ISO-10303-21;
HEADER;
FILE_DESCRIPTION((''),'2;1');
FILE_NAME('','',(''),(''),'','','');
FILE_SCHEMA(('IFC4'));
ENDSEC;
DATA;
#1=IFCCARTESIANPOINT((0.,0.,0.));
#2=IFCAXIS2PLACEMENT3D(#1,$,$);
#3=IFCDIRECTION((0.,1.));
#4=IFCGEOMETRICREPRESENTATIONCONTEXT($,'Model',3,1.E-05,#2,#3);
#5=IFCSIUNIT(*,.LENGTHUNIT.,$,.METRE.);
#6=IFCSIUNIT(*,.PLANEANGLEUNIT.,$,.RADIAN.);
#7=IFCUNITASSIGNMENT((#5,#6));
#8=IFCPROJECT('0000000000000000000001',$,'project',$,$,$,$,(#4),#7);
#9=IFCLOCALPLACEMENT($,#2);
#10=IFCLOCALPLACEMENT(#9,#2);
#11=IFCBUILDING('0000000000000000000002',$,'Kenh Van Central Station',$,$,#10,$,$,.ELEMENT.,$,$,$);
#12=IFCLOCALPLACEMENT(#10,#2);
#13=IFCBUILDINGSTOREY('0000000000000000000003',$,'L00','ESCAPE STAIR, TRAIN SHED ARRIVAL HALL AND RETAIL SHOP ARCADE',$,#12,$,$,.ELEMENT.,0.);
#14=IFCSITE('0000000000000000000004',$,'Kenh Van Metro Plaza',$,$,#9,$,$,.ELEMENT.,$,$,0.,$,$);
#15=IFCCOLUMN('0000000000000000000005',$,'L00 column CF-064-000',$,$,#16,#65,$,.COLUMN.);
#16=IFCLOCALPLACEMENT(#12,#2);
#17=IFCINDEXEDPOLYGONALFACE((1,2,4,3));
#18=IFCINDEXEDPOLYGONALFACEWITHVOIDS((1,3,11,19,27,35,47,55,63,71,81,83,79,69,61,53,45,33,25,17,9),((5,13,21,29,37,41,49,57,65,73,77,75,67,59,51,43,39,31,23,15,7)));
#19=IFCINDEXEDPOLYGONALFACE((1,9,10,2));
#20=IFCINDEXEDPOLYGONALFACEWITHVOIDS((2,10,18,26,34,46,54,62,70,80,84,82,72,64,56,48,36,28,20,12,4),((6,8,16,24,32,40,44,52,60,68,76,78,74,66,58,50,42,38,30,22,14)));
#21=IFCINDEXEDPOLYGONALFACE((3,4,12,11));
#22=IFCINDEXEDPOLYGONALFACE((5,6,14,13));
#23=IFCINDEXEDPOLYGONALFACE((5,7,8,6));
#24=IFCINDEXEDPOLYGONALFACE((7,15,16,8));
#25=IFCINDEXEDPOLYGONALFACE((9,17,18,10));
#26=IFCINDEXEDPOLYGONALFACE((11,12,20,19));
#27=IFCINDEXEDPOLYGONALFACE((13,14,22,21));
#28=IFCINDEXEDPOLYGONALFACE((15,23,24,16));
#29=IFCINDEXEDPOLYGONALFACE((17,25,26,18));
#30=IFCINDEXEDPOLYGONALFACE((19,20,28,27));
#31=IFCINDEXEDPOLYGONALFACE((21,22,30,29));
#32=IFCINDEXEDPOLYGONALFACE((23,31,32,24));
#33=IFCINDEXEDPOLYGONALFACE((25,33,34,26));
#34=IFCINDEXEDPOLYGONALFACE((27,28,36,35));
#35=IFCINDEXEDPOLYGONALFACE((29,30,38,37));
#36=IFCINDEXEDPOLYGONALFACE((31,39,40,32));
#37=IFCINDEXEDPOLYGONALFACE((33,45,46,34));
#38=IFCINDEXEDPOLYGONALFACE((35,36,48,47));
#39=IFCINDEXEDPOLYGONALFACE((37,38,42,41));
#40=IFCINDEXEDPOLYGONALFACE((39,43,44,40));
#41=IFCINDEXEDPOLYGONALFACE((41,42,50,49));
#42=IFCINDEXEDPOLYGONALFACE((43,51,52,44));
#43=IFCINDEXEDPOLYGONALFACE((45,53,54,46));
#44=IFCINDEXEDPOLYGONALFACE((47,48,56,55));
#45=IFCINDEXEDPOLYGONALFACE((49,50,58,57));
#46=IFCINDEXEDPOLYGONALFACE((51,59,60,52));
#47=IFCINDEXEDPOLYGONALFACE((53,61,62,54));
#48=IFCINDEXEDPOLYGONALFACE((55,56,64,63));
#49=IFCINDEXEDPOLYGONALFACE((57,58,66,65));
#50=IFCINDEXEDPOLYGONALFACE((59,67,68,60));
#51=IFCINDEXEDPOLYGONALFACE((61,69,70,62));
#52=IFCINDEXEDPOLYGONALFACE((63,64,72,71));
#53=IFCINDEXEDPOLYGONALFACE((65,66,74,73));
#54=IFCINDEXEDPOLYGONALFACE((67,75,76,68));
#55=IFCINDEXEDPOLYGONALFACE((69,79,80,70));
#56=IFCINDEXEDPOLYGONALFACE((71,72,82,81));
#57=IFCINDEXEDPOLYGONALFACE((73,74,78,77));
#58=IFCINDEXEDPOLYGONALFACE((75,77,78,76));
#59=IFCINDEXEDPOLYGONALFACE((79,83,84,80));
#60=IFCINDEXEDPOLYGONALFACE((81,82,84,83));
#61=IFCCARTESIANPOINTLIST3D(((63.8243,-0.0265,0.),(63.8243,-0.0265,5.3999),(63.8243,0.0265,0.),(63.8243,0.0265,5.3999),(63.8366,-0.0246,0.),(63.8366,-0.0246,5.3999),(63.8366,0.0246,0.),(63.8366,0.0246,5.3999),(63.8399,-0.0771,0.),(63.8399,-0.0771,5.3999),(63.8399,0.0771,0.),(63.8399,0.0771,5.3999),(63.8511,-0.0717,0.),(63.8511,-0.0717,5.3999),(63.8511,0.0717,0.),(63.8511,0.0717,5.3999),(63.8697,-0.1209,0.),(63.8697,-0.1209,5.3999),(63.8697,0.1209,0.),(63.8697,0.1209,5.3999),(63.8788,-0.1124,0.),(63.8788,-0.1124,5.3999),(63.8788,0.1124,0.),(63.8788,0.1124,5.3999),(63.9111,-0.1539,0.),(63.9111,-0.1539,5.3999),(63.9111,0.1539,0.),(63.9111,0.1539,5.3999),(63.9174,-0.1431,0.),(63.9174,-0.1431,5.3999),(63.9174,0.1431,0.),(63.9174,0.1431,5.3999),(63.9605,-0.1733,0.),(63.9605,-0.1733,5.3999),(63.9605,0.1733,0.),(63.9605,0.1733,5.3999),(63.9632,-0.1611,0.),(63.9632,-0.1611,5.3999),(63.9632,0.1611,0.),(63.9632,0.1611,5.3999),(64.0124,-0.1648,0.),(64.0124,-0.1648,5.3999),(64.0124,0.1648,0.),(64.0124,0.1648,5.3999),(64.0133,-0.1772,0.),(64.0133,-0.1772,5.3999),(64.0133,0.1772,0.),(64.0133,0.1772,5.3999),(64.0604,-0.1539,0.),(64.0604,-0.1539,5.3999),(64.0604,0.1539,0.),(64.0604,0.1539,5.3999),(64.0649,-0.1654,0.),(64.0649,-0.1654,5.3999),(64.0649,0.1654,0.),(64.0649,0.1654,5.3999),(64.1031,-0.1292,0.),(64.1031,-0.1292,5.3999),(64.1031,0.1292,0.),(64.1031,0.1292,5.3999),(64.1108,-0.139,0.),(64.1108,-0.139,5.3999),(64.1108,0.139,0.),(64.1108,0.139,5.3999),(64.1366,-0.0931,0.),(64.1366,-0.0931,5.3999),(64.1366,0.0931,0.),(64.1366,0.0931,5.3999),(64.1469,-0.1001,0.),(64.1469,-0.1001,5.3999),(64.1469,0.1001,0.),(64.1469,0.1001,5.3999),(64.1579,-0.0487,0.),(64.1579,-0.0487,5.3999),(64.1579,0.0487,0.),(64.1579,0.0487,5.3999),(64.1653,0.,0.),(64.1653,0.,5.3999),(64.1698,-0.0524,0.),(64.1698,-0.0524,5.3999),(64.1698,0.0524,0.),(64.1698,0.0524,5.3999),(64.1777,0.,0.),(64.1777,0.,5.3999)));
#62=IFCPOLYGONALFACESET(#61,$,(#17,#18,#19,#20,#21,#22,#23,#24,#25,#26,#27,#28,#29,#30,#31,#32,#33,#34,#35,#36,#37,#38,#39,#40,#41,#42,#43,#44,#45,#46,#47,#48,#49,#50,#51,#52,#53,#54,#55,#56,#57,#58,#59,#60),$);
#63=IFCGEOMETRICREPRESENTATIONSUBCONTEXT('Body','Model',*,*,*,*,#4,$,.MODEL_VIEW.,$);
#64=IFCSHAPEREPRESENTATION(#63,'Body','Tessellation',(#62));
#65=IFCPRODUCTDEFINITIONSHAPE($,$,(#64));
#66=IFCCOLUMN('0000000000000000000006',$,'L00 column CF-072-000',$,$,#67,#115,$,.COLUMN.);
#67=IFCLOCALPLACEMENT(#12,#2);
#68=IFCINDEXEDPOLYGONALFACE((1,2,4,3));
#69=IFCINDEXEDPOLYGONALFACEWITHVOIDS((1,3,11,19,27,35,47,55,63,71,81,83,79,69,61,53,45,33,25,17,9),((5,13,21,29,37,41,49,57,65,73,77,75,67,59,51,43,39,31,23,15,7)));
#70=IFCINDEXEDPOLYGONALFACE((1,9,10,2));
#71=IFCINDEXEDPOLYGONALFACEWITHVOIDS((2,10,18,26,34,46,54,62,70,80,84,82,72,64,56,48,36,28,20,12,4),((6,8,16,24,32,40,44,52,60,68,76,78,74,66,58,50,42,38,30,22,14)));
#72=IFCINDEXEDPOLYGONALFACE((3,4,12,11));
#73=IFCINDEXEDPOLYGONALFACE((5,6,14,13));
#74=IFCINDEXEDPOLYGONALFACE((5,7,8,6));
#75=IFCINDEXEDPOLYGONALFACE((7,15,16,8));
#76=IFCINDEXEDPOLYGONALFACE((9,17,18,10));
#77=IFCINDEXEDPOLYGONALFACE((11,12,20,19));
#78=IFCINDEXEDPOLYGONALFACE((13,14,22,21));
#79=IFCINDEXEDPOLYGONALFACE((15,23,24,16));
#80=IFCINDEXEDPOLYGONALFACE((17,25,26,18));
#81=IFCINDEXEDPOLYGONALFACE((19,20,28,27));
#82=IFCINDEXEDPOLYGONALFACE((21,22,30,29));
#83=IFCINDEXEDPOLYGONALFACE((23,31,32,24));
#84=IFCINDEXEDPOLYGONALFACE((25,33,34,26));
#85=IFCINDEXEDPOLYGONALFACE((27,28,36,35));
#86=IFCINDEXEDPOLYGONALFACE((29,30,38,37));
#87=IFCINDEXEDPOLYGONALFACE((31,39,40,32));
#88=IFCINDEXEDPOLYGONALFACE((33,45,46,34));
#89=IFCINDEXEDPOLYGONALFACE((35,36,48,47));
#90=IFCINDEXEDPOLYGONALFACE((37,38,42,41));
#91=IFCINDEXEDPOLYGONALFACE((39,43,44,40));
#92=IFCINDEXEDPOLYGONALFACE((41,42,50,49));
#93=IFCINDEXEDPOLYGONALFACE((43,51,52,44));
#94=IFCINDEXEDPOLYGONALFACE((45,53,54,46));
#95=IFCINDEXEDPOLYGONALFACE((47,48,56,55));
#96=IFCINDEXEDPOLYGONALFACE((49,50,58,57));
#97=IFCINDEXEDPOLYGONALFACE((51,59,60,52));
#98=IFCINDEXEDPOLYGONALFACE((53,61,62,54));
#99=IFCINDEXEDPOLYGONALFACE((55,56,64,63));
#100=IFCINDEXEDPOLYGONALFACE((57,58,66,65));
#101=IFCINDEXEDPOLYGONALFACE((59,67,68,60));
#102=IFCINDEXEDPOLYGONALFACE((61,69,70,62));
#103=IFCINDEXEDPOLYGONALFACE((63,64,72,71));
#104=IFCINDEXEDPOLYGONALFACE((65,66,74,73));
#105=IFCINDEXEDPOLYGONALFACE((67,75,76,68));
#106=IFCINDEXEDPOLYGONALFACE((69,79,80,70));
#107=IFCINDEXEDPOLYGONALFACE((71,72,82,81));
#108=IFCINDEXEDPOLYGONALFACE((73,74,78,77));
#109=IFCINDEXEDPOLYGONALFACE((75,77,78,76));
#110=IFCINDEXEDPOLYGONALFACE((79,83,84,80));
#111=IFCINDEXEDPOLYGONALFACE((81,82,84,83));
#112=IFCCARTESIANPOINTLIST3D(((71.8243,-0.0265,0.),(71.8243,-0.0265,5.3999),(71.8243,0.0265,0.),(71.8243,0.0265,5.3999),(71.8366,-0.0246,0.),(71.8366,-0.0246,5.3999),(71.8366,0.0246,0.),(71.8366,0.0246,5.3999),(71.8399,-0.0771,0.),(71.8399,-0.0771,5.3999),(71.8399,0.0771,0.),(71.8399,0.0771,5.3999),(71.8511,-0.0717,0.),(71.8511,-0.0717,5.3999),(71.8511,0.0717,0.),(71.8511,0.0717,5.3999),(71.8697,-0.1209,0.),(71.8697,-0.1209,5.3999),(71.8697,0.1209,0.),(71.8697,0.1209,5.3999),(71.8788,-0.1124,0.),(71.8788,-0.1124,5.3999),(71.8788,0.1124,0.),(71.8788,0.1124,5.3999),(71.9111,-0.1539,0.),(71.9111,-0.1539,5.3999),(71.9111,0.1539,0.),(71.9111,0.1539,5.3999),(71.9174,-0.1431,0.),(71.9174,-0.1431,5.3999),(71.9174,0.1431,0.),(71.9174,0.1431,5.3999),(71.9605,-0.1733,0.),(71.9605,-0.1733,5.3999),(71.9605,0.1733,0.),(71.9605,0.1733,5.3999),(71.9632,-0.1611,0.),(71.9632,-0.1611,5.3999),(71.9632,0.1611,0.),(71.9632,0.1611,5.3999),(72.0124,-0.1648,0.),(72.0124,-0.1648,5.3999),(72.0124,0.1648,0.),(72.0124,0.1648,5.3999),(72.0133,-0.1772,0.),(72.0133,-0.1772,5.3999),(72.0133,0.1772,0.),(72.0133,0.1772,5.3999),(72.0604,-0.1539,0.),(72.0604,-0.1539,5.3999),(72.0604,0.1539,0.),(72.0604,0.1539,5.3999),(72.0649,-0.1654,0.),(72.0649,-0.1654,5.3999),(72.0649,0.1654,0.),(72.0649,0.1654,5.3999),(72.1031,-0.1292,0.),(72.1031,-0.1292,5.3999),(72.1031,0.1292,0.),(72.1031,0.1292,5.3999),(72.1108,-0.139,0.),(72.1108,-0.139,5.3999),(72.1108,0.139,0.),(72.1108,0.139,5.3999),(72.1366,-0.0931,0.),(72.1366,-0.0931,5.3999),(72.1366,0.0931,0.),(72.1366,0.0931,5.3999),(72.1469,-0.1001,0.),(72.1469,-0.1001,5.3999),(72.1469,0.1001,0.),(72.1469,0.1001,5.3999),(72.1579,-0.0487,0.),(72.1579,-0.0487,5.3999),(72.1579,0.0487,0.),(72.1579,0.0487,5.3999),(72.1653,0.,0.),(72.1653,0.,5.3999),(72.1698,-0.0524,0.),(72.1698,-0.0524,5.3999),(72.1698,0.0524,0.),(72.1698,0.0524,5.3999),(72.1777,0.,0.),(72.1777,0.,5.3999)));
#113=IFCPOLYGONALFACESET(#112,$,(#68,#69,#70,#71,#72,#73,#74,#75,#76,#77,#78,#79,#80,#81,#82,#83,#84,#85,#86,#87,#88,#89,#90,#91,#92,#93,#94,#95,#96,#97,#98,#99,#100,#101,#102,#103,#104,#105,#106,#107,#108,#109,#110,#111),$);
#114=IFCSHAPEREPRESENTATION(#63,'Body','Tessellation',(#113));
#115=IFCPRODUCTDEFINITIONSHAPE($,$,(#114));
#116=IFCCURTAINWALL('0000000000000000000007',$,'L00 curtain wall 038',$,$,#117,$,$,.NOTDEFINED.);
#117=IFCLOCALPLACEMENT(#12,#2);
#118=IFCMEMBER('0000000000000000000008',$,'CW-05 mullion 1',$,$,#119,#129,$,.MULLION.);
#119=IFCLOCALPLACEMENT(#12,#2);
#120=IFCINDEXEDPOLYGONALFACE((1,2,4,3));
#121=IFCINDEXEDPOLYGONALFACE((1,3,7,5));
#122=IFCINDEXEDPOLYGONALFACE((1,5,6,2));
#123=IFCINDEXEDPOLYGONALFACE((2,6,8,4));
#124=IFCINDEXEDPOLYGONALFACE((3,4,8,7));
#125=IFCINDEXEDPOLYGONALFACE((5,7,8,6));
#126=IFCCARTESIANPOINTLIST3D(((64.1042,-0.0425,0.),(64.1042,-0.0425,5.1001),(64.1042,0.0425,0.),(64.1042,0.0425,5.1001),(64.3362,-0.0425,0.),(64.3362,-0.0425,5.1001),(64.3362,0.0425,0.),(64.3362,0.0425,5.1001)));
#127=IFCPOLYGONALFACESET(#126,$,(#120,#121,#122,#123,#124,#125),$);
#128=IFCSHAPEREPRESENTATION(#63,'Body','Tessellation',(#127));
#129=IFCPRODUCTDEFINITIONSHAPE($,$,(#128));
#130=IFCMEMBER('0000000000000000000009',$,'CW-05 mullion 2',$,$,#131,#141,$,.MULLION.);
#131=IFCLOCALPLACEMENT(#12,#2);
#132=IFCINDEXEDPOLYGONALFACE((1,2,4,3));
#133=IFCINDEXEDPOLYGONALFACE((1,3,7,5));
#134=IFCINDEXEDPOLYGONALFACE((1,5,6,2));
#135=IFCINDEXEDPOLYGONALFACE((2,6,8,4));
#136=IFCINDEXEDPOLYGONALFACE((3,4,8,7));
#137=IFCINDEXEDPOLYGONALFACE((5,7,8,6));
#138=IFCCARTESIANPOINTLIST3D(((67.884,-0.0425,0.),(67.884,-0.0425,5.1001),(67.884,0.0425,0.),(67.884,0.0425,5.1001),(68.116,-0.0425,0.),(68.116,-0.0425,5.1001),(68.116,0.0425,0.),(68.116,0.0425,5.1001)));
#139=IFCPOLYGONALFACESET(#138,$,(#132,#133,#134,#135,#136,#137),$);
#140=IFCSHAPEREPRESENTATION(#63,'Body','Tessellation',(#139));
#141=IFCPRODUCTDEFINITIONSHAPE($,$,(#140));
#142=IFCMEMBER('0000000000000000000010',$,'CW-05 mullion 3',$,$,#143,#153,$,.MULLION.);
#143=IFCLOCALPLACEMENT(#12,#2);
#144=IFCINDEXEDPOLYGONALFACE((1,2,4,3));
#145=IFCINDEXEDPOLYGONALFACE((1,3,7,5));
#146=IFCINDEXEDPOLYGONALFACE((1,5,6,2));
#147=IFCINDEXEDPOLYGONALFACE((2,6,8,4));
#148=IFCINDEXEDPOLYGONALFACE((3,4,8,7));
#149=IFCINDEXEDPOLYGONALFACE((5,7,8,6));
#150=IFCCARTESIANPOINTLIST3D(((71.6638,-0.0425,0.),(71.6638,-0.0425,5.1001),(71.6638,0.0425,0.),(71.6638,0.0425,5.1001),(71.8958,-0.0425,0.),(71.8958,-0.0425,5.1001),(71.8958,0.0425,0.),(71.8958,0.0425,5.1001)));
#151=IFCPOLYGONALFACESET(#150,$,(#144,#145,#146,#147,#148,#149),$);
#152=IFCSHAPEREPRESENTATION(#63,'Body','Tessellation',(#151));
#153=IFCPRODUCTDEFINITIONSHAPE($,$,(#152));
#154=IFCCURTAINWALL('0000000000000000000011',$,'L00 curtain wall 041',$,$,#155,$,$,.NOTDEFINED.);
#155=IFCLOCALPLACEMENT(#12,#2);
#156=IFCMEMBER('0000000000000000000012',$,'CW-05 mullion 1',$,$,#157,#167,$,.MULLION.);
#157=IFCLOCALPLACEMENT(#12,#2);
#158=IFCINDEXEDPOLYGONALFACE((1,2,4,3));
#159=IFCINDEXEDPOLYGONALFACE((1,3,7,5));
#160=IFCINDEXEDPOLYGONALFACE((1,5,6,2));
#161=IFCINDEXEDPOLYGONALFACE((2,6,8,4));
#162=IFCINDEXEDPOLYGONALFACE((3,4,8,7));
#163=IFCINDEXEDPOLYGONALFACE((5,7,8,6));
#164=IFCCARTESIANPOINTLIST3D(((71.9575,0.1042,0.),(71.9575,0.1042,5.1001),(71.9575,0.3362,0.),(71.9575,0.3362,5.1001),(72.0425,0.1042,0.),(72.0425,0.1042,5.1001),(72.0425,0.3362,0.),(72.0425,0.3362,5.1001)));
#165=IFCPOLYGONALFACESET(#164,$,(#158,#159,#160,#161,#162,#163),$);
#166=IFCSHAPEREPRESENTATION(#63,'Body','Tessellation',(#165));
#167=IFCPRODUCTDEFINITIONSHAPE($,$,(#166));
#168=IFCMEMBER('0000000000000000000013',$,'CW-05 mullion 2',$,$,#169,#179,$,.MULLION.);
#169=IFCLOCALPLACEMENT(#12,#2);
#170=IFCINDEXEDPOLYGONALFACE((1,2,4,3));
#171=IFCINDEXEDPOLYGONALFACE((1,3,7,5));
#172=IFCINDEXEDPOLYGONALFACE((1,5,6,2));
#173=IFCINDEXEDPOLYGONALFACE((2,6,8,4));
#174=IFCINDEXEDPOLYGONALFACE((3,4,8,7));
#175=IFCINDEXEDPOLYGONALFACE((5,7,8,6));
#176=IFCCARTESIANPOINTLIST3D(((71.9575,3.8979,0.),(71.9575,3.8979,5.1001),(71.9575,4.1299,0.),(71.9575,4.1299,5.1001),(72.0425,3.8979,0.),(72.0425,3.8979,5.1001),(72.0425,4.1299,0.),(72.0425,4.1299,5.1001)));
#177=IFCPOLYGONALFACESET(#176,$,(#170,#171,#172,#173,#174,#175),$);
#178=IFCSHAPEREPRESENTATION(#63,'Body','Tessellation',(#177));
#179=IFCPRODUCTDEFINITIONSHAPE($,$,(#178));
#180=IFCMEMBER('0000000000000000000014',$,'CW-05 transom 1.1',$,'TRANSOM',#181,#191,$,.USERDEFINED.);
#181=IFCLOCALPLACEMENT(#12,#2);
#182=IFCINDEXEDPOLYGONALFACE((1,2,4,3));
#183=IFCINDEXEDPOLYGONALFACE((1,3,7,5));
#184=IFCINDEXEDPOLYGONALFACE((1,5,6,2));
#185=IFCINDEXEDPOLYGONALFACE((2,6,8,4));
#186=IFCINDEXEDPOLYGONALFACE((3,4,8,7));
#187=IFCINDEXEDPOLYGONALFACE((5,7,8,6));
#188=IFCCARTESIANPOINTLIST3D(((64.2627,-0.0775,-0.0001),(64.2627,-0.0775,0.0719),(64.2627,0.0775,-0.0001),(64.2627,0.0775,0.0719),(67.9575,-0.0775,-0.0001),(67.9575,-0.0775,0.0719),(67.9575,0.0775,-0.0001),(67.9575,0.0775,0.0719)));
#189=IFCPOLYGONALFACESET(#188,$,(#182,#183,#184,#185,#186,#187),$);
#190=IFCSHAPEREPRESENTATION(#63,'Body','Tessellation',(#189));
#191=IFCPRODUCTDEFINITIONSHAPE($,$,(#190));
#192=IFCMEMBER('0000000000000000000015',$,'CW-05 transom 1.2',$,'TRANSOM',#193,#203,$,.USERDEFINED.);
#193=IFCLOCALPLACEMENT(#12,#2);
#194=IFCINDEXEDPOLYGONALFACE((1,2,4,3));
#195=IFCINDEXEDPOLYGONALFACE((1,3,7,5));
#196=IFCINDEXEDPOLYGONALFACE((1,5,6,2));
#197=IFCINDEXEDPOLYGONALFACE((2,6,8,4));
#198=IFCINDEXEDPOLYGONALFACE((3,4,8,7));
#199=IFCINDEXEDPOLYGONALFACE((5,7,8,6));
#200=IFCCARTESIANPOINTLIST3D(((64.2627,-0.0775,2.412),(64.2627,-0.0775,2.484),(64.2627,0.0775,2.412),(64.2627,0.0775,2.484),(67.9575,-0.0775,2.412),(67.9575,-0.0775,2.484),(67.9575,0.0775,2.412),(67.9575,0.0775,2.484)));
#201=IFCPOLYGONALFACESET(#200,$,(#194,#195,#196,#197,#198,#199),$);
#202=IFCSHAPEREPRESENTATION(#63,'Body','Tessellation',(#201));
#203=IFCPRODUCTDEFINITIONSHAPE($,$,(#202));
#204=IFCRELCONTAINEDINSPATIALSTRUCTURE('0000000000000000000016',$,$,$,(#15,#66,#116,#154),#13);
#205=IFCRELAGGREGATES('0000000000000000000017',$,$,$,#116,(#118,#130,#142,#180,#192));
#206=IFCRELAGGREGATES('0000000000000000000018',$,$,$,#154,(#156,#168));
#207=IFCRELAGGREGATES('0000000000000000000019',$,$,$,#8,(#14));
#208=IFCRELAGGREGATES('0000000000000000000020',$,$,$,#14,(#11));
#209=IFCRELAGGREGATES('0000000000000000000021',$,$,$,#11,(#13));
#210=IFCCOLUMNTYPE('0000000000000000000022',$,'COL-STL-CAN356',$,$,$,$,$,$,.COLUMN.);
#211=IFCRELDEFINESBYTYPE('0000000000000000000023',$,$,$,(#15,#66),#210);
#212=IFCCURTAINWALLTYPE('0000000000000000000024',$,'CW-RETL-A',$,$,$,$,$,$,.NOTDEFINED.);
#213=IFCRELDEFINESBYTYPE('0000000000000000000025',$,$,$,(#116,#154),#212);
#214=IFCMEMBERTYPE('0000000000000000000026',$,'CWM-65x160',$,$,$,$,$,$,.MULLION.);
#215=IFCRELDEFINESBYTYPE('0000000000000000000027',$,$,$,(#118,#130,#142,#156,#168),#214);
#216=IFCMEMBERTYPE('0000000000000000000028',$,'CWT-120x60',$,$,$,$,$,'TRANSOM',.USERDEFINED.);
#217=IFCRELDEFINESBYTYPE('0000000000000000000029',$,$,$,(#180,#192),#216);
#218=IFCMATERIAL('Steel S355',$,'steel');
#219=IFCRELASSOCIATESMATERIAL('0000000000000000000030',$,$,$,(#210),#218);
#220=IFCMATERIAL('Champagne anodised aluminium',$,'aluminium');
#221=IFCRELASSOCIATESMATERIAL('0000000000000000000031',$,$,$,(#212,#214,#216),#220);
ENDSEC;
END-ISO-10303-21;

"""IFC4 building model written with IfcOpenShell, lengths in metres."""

from ifc_helpers import new_model, si_unit, direction, frame, origin, origin_2d, place, context, subcontext, project, spatial, rectangle, hollow_circle, extrude, material, material_profile, profile_set, type_object, element, aggregate, save


model = new_model("IFC4")

# Units and contexts
model_context = context("Model", 3, precision=1e-05, world=origin(), true_north=direction((0.0, 1.0)))
body_context = subcontext(model_context, "Body", "Model", "MODEL_VIEW")
ifc_project = project(units=[si_unit("LENGTHUNIT", "METRE"), si_unit("PLANEANGLEUNIT", "RADIAN")], contexts=[model_context])

# Site, building, storey
site_placement = place(None, origin())
site = spatial("IfcSite", under=ifc_project, at=site_placement, Name="Kenh Van Metro Plaza", CompositionType="ELEMENT", RefElevation=0.0)
building_placement = place(site_placement, origin())
building = spatial("IfcBuilding", under=site, at=building_placement, Name="Kenh Van Central Station", CompositionType="ELEMENT")
storey_placement = place(building_placement, origin())
storey = spatial("IfcBuildingStorey", under=building, at=storey_placement, Name="L00", Description="ESCAPE STAIR, TRAIN SHED ARRIVAL HALL AND RETAIL SHOP ARCADE", CompositionType="ELEMENT", Elevation=0.0)

# Columns
ifc_material_1 = material(Name="Steel S355", Category="steel")
ifc_material_profile_1 = material_profile(ifc_material_1, hollow_circle(Radius=0.1777, WallThickness=0.0125, at=origin_2d()), Name="CHS 355.6x12.5")
ifc_profile_set_1 = profile_set([ifc_material_profile_1], Name="Steel S355")
column_type = type_object("IfcColumnType", Name="COL-STL-CAN356", PredefinedType="COLUMN", material=ifc_profile_set_1)
for number, where, z_axis, x_axis, name in (
    (1, (64.0, 0.0, 0.0), (0.0, 0.0, 1.0), (1.0, 0.0, 0.0), "L00 column CF-064-000"),
    (2, (72.0, 0.0, 0.0), (0.0, 0.0, 1.0), (1.0, 0.0, 0.0), "L00 column CF-072-000"),
):
    element("IfcColumn", number, at=place(storey_placement, frame(where, z_axis=z_axis, x_axis=x_axis)), inside=storey, type_object=column_type, Name=name, PredefinedType="COLUMN", context=body_context, shape_type="SweptSolid", body=[
        extrude(hollow_circle(Radius=0.1777, WallThickness=0.0125, at=origin_2d()), origin(), (0.0, 0.0, 1.0), 5.3999),
    ])

# Curtain walls, members
ifc_material_2 = material(Name="Champagne anodised aluminium", Category="aluminium")
curtain_wall_type = type_object("IfcCurtainWallType", Name="CW-RETL-A", PredefinedType="NOTDEFINED", material=ifc_material_2)
curtain_wall_1_placement = place(storey_placement, origin())
curtain_wall_1 = element("IfcCurtainWall", 3, at=curtain_wall_1_placement, inside=storey, type_object=curtain_wall_type, Name="L00 curtain wall 038", PredefinedType="NOTDEFINED")
ifc_material_profile_2 = material_profile(ifc_material_2, rectangle(XDim=0.085, YDim=0.2319, at=origin_2d()), Name="AL 85x232")
ifc_profile_set_2 = profile_set([ifc_material_profile_2], Name="Champagne anodised aluminium")
member_type_1 = type_object("IfcMemberType", Name="CWM-65x160", PredefinedType="MULLION", material=ifc_profile_set_2)
member_1_placement = place(storey_placement, frame((64.2202, 0.0, 0.0), z_axis=(0.0, 0.0, 1.0), x_axis=(0.0, 1.0, 0.0)))
member_1 = element("IfcMember", 4, at=member_1_placement, type_object=member_type_1, Name="CW-05 mullion 1", PredefinedType="MULLION", context=body_context, shape_type="SweptSolid", body=[
    extrude(rectangle(XDim=0.085, YDim=0.2319, at=origin_2d()), origin(), (0.0, 0.0, 1.0), 5.1001),
])
member_2_placement = place(storey_placement, frame((68.0, 0.0, 0.0), z_axis=(0.0, 0.0, 1.0), x_axis=(0.0, 1.0, 0.0)))
member_2 = element("IfcMember", 5, at=member_2_placement, type_object=member_type_1, Name="CW-05 mullion 2", PredefinedType="MULLION", context=body_context, shape_type="SweptSolid", body=[
    extrude(rectangle(XDim=0.085, YDim=0.2319, at=origin_2d()), origin(), (0.0, 0.0, 1.0), 5.1001),
])
member_3_placement = place(storey_placement, frame((71.7798, 0.0, 0.0), z_axis=(0.0, 0.0, 1.0), x_axis=(0.0, 1.0, 0.0)))
member_3 = element("IfcMember", 6, at=member_3_placement, type_object=member_type_1, Name="CW-05 mullion 3", PredefinedType="MULLION", context=body_context, shape_type="SweptSolid", body=[
    extrude(rectangle(XDim=0.085, YDim=0.2319, at=origin_2d()), origin(), (0.0, 0.0, 1.0), 5.1001),
])
curtain_wall_2_placement = place(storey_placement, origin())
curtain_wall_2 = element("IfcCurtainWall", 7, at=curtain_wall_2_placement, inside=storey, type_object=curtain_wall_type, Name="L00 curtain wall 041", PredefinedType="NOTDEFINED")
member_4_placement = place(storey_placement, frame((72.0, 0.2202, 0.0), z_axis=(0.0, 0.0, 1.0), x_axis=(-1.0, 0.0, 0.0)))
member_4 = element("IfcMember", 8, at=member_4_placement, type_object=member_type_1, Name="CW-05 mullion 1", PredefinedType="MULLION", context=body_context, shape_type="SweptSolid", body=[
    extrude(rectangle(XDim=0.085, YDim=0.2319, at=origin_2d()), origin(), (0.0, 0.0, 1.0), 5.1001),
])
member_5_placement = place(storey_placement, frame((72.0, 4.0139, 0.0), z_axis=(0.0, 0.0, 1.0), x_axis=(-1.0, 0.0, 0.0)))
member_5 = element("IfcMember", 9, at=member_5_placement, type_object=member_type_1, Name="CW-05 mullion 2", PredefinedType="MULLION", context=body_context, shape_type="SweptSolid", body=[
    extrude(rectangle(XDim=0.085, YDim=0.2319, at=origin_2d()), origin(), (0.0, 0.0, 1.0), 5.1001),
])

# Members
ifc_material_profile_3 = material_profile(ifc_material_2, rectangle(XDim=0.155, YDim=0.072, at=origin_2d()), Name="AL 155x72")
ifc_profile_set_3 = profile_set([ifc_material_profile_3], Name="Champagne anodised aluminium")
member_type_2 = type_object("IfcMemberType", Name="CWT-120x60", ElementType="TRANSOM", PredefinedType="USERDEFINED", material=ifc_profile_set_3)
member_6_placement = place(storey_placement, frame((64.2627, 0.0, 0.0359), z_axis=(1.0, 0.0, 0.0), x_axis=(0.0, 1.0, 0.0)))
member_6 = element("IfcMember", 10, at=member_6_placement, type_object=member_type_2, Name="CW-05 transom 1.1", ObjectType="TRANSOM", PredefinedType="USERDEFINED", context=body_context, shape_type="SweptSolid", body=[
    extrude(rectangle(XDim=0.155, YDim=0.072, at=origin_2d()), origin(), (0.0, 0.0, 1.0), 3.6948),
])
member_7_placement = place(storey_placement, frame((64.2627, 0.0, 2.448), z_axis=(1.0, 0.0, 0.0), x_axis=(0.0, 1.0, 0.0)))
member_7 = element("IfcMember", 11, at=member_7_placement, type_object=member_type_2, Name="CW-05 transom 1.2", ObjectType="TRANSOM", PredefinedType="USERDEFINED", context=body_context, shape_type="SweptSolid", body=[
    extrude(rectangle(XDim=0.155, YDim=0.072, at=origin_2d()), origin(), (0.0, 0.0, 1.0), 3.6948),
])

aggregate(curtain_wall_1, [member_1, member_2, member_3, member_6, member_7])
aggregate(curtain_wall_2, [member_4, member_5])

save(model, "model.ifc")
